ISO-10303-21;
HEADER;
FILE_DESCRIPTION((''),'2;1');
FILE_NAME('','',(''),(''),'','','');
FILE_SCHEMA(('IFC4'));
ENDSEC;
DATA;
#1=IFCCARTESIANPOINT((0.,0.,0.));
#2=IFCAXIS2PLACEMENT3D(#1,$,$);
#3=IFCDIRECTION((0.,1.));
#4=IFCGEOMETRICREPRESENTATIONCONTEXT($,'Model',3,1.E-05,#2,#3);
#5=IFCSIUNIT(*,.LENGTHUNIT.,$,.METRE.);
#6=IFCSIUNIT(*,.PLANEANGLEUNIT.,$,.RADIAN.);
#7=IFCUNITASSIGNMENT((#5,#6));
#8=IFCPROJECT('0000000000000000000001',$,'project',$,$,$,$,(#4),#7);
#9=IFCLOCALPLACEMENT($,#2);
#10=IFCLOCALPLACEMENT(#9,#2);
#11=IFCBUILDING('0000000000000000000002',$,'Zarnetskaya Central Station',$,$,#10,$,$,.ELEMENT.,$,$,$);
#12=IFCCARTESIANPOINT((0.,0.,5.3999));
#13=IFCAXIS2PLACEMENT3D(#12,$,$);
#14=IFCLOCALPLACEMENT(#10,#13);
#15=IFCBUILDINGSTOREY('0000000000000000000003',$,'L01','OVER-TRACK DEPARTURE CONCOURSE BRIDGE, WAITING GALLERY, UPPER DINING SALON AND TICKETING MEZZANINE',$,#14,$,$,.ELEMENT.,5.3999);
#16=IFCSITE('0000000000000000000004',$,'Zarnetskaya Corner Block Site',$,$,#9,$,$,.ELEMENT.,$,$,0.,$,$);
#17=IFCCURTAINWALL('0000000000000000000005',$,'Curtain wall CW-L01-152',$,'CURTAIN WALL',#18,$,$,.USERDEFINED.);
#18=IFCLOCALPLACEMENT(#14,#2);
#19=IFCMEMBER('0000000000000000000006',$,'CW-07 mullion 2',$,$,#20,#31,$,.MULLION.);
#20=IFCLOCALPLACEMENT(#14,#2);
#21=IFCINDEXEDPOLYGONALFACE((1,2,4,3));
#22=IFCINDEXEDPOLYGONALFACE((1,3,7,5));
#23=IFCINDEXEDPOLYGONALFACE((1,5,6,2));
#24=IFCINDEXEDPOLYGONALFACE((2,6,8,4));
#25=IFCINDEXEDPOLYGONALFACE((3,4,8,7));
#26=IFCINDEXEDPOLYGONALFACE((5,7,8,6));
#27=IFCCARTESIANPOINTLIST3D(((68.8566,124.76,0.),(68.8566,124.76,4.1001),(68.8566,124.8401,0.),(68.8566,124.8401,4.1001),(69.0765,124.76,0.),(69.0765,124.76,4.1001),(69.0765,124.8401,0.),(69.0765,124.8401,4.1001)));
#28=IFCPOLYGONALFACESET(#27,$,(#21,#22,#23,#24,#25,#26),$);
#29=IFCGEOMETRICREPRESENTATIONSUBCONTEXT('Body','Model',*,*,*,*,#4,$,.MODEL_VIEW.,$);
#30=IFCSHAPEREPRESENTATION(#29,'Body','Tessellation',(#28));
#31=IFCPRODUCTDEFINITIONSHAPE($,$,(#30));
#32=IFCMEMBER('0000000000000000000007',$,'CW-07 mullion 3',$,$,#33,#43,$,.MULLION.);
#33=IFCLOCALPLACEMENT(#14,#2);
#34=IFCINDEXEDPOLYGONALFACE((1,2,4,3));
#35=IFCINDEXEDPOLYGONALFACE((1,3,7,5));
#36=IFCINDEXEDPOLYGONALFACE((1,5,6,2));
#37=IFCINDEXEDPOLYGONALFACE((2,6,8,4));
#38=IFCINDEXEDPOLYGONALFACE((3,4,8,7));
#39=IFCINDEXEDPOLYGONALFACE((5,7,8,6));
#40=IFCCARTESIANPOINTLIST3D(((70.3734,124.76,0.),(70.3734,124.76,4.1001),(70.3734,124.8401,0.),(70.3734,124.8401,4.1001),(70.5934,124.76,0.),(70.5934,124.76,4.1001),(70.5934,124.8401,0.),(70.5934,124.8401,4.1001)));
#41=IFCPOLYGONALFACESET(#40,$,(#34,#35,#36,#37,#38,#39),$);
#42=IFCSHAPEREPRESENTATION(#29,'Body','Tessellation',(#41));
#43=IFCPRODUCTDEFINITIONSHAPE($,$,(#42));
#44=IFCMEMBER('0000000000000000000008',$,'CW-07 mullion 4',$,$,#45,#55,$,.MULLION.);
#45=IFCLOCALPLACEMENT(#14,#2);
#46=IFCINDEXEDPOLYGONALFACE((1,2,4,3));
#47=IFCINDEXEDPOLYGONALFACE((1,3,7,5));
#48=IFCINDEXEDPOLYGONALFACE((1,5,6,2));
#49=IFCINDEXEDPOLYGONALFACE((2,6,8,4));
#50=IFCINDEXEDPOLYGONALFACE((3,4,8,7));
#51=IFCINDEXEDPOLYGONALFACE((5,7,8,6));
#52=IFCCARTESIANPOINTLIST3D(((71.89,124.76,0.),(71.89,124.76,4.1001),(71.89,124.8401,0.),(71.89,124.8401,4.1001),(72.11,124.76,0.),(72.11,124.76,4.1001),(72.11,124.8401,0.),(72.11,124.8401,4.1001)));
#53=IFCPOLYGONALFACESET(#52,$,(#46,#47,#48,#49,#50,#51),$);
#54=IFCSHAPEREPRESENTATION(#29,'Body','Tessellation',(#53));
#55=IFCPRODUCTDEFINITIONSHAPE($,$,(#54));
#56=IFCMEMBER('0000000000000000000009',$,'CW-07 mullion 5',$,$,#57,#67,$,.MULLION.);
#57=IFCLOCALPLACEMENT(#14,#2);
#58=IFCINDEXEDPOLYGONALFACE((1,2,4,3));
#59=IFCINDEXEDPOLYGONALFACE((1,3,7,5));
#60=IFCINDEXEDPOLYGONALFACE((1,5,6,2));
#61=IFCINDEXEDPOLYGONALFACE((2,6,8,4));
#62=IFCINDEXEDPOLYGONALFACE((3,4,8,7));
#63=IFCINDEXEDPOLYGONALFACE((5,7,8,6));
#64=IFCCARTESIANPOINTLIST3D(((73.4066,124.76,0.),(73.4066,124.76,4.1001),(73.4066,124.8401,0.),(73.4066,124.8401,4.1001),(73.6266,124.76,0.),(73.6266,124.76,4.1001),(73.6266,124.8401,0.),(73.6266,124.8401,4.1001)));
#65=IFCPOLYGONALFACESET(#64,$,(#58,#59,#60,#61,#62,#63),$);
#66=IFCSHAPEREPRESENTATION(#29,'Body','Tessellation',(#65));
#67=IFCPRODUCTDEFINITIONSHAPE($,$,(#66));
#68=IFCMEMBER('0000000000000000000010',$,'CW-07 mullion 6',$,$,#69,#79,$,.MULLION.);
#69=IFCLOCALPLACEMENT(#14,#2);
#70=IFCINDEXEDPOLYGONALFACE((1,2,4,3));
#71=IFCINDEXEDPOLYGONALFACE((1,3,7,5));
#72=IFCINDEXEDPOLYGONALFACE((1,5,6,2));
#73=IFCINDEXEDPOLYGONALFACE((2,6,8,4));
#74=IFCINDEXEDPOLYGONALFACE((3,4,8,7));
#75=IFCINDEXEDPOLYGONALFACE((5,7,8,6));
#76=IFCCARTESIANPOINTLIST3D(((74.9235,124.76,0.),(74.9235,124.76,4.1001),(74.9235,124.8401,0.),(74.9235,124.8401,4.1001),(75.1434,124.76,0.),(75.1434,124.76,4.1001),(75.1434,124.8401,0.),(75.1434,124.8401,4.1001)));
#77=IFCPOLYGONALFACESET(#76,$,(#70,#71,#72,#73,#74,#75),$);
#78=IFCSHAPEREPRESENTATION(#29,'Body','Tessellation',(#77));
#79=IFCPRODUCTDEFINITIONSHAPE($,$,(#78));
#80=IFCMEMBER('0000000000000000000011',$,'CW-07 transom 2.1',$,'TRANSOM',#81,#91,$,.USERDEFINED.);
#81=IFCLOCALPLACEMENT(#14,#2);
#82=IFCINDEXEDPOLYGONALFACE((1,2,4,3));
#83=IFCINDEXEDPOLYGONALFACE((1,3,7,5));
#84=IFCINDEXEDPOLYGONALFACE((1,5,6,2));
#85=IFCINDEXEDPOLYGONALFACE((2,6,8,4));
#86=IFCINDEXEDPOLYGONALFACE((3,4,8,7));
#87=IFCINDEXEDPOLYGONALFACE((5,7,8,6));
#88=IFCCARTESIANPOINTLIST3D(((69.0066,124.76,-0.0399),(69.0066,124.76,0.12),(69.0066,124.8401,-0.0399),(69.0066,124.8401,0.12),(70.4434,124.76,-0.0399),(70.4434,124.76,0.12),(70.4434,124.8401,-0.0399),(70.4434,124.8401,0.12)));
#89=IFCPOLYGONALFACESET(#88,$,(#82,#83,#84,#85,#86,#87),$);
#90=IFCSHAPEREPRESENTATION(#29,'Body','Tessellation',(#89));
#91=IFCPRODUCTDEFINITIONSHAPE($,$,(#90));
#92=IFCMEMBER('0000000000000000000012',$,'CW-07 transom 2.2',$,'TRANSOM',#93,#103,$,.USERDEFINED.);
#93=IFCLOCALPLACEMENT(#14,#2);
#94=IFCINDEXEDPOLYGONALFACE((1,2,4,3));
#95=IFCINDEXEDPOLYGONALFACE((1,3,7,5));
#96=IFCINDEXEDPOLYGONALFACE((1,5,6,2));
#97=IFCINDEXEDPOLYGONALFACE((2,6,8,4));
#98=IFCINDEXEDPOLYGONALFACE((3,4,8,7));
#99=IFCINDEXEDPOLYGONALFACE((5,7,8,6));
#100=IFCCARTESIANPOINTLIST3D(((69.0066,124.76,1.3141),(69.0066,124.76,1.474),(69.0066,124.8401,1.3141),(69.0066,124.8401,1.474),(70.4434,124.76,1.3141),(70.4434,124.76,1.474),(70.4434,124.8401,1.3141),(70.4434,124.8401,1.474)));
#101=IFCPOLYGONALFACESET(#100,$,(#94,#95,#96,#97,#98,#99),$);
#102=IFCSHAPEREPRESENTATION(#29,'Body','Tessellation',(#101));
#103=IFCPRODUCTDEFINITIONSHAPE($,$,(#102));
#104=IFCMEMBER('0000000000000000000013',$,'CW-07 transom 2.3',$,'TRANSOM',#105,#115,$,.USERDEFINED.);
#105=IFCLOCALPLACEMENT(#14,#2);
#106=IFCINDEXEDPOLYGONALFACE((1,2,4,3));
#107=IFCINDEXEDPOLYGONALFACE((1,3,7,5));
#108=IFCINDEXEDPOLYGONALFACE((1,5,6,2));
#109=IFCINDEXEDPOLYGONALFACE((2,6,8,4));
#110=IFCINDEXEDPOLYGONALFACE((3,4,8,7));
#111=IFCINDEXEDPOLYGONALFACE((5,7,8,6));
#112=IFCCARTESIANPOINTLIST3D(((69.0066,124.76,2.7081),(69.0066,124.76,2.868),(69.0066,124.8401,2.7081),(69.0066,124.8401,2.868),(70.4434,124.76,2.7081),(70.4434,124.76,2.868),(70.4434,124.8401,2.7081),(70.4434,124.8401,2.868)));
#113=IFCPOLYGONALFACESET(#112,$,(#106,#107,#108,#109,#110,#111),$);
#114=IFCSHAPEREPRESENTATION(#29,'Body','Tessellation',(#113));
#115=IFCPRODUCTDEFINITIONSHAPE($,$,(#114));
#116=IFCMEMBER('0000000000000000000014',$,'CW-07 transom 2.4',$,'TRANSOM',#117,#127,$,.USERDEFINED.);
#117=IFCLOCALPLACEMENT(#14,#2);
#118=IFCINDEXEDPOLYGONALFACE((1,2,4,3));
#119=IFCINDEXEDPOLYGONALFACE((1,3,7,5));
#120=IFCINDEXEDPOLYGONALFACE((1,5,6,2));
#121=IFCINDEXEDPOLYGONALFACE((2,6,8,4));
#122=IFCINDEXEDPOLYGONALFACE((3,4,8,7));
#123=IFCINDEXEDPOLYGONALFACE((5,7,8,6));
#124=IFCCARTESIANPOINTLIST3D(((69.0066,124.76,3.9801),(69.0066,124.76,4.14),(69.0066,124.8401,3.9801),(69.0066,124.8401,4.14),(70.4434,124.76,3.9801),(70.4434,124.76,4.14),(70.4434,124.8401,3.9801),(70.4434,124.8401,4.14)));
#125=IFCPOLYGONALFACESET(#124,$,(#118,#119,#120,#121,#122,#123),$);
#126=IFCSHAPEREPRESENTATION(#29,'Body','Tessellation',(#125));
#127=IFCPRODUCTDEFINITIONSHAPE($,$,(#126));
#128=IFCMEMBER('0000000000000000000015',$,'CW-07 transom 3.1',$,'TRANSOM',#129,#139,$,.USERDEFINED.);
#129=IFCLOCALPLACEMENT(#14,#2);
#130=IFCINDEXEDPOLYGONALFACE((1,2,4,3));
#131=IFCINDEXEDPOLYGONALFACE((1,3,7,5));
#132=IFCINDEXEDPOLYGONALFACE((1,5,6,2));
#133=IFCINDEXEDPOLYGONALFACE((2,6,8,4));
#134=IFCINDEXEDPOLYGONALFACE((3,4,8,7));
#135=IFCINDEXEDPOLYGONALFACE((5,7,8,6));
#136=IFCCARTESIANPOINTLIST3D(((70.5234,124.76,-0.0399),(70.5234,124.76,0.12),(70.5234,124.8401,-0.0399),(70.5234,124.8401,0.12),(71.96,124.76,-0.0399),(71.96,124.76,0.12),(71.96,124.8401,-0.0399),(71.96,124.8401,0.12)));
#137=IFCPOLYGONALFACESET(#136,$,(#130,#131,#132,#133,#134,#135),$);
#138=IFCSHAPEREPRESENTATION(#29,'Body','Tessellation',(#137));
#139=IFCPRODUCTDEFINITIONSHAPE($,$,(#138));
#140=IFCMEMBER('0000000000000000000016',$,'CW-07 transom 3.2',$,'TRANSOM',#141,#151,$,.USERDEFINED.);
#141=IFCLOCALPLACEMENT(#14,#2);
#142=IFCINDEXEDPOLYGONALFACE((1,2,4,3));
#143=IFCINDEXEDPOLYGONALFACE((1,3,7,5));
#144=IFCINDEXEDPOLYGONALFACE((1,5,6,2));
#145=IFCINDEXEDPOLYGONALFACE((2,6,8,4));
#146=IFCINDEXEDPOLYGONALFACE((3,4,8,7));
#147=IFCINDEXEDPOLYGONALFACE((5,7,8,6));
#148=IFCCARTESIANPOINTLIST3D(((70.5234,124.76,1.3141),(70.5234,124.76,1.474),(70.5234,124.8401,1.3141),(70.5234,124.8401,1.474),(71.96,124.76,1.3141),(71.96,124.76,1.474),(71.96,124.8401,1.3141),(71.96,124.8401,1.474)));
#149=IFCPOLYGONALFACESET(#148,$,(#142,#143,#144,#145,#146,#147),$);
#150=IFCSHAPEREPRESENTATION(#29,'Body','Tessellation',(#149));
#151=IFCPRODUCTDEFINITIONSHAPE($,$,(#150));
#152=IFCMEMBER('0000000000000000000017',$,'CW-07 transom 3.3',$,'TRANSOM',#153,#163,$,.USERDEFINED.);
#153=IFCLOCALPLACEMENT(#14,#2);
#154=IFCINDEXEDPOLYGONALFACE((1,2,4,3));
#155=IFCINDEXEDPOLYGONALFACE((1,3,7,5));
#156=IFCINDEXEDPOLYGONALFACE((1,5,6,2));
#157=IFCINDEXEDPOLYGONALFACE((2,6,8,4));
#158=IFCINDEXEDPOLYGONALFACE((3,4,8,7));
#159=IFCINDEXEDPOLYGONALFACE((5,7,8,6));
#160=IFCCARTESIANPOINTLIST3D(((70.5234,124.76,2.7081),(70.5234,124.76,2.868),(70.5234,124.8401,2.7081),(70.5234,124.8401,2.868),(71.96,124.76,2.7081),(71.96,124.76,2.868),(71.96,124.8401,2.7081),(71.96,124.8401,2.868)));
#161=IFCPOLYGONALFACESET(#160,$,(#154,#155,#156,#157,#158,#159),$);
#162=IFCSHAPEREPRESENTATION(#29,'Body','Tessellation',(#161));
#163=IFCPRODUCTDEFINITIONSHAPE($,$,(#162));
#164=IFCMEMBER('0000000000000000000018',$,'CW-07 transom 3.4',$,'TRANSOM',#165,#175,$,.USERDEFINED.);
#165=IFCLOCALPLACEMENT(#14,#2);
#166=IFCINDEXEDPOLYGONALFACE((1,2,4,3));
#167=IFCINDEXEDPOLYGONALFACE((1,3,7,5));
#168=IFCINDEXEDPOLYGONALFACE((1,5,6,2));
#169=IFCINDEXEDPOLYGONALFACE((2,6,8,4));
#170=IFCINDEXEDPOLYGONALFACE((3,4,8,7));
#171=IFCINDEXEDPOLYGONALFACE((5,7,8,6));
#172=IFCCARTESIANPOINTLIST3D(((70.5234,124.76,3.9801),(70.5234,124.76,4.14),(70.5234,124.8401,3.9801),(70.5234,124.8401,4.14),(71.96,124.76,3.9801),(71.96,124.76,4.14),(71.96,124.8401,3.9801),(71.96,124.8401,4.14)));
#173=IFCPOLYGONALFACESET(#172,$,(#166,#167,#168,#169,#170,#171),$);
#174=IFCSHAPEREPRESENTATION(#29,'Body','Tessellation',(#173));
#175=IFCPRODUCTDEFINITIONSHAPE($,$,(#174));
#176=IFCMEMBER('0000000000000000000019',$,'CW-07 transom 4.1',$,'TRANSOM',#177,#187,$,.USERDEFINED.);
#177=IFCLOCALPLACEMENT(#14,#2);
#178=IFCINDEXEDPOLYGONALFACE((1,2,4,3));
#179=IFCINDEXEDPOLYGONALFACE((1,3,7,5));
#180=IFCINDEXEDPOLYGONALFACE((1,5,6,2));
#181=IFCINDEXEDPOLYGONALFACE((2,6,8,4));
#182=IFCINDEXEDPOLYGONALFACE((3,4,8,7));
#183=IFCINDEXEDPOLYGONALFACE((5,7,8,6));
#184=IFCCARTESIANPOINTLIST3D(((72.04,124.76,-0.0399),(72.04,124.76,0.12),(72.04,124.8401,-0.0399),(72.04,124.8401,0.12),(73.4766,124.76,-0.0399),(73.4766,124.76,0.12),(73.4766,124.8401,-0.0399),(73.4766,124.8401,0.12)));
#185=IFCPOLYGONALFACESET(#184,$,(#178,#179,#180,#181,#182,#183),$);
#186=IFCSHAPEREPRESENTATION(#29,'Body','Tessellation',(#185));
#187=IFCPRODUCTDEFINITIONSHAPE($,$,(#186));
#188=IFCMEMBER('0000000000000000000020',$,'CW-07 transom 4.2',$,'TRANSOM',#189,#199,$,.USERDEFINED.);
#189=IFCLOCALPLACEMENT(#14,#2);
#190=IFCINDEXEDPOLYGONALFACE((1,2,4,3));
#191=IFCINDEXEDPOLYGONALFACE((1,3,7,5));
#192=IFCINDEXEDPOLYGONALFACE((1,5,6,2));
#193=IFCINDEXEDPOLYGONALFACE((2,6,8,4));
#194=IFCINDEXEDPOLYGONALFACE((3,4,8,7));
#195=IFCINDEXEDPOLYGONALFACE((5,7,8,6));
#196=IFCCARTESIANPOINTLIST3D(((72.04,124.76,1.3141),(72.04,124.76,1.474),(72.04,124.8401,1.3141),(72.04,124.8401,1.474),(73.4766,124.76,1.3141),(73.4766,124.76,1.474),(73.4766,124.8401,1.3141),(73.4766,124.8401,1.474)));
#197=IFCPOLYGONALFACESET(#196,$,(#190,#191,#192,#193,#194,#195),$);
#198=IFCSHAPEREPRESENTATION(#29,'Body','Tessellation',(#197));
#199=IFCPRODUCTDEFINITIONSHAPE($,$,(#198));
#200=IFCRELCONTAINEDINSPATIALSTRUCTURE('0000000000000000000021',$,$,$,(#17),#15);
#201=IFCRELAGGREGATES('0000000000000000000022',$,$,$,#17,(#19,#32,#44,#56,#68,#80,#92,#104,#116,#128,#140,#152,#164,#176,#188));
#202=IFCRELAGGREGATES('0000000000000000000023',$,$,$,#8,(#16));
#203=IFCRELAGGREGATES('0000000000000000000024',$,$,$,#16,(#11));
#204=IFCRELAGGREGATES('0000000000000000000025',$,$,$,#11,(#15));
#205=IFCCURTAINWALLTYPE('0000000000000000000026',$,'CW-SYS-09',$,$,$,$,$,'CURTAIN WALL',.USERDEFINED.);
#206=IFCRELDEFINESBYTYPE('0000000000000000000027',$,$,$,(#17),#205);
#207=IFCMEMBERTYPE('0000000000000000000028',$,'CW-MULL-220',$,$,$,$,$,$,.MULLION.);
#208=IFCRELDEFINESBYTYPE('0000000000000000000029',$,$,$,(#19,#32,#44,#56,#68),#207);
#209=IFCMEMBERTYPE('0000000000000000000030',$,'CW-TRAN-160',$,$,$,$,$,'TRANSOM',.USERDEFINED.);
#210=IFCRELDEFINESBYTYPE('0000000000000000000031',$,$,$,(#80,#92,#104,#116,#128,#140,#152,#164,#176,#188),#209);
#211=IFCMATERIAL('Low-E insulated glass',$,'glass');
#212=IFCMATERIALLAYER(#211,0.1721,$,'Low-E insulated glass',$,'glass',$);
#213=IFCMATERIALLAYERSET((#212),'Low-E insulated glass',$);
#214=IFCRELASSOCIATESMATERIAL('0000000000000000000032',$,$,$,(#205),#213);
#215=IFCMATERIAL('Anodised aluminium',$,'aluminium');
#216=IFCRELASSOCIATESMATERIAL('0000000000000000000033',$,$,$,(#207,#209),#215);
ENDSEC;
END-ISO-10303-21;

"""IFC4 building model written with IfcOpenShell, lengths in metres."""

from ifc_helpers import new_model, si_unit, direction, frame, origin, origin_2d, place, context, subcontext, project, spatial, rectangle, extrude, material, layer, layer_set, material_profile, profile_set, type_object, element, aggregate, save


model = new_model("IFC4")

# Units and contexts
model_context = context("Model", 3, precision=1e-05, world=origin(), true_north=direction((0.0, 1.0)))
body_context = subcontext(model_context, "Body", "Model", "MODEL_VIEW")
ifc_project = project(units=[si_unit("LENGTHUNIT", "METRE"), si_unit("PLANEANGLEUNIT", "RADIAN")], contexts=[model_context])

# Site, building, storey
site_placement = place(None, origin())
site = spatial("IfcSite", under=ifc_project, at=site_placement, Name="Zarnetskaya Corner Block Site", CompositionType="ELEMENT", RefElevation=0.0)
building_placement = place(site_placement, origin())
building = spatial("IfcBuilding", under=site, at=building_placement, Name="Zarnetskaya Central Station", CompositionType="ELEMENT")
storey_placement = place(building_placement, frame((0.0, 0.0, 5.3999)))
storey = spatial("IfcBuildingStorey", under=building, at=storey_placement, Name="L01", Description="OVER-TRACK DEPARTURE CONCOURSE BRIDGE, WAITING GALLERY, UPPER DINING SALON AND TICKETING MEZZANINE", CompositionType="ELEMENT", Elevation=5.3999)

# Curtain wall, members
ifc_material_1 = material(Name="Low-E insulated glass", Category="glass")
ifc_layer_1 = layer(ifc_material_1, 0.1721, Name="Low-E insulated glass", Category="glass")
ifc_layer_set_1 = layer_set([ifc_layer_1], Name="Low-E insulated glass")
curtain_wall_type = type_object("IfcCurtainWallType", Name="CW-SYS-09", ElementType="CURTAIN WALL", PredefinedType="USERDEFINED", material=ifc_layer_set_1)
curtain_wall_placement = place(storey_placement, origin())
curtain_wall = element("IfcCurtainWall", 1, at=curtain_wall_placement, inside=storey, type_object=curtain_wall_type, Name="Curtain wall CW-L01-152", ObjectType="CURTAIN WALL", PredefinedType="USERDEFINED")
ifc_material_2 = material(Name="Anodised aluminium", Category="aluminium")
ifc_material_profile_1 = material_profile(ifc_material_2, rectangle(XDim=0.0801, YDim=0.22, at=origin_2d()), Name="ALU MULL 80x220")
ifc_profile_set_1 = profile_set([ifc_material_profile_1], Name="Anodised aluminium")
member_type_1 = type_object("IfcMemberType", Name="CW-MULL-220", PredefinedType="MULLION", material=ifc_profile_set_1)
member_1_placement = place(storey_placement, frame((68.9666, 124.8, 0.0), z_axis=(0.0, 0.0, 1.0), x_axis=(0.0, 1.0, 0.0)))
member_1 = element("IfcMember", 2, at=member_1_placement, type_object=member_type_1, Name="CW-07 mullion 2", PredefinedType="MULLION", context=body_context, shape_type="SweptSolid", body=[
    extrude(rectangle(XDim=0.0801, YDim=0.22, at=origin_2d()), origin(), (0.0, 0.0, 1.0), 4.1001),
])
member_2_placement = place(storey_placement, frame((70.4834, 124.8, 0.0), z_axis=(0.0, 0.0, 1.0), x_axis=(0.0, 1.0, 0.0)))
member_2 = element("IfcMember", 3, at=member_2_placement, type_object=member_type_1, Name="CW-07 mullion 3", PredefinedType="MULLION", context=body_context, shape_type="SweptSolid", body=[
    extrude(rectangle(XDim=0.0801, YDim=0.22, at=origin_2d()), origin(), (0.0, 0.0, 1.0), 4.1001),
])
member_3_placement = place(storey_placement, frame((72.0, 124.8, 0.0), z_axis=(0.0, 0.0, 1.0), x_axis=(0.0, 1.0, 0.0)))
member_3 = element("IfcMember", 4, at=member_3_placement, type_object=member_type_1, Name="CW-07 mullion 4", PredefinedType="MULLION", context=body_context, shape_type="SweptSolid", body=[
    extrude(rectangle(XDim=0.0801, YDim=0.22, at=origin_2d()), origin(), (0.0, 0.0, 1.0), 4.1001),
])
member_4_placement = place(storey_placement, frame((73.5166, 124.8, 0.0), z_axis=(0.0, 0.0, 1.0), x_axis=(0.0, 1.0, 0.0)))
member_4 = element("IfcMember", 5, at=member_4_placement, type_object=member_type_1, Name="CW-07 mullion 5", PredefinedType="MULLION", context=body_context, shape_type="SweptSolid", body=[
    extrude(rectangle(XDim=0.0801, YDim=0.22, at=origin_2d()), origin(), (0.0, 0.0, 1.0), 4.1001),
])
member_5_placement = place(storey_placement, frame((75.0334, 124.8, 0.0), z_axis=(0.0, 0.0, 1.0), x_axis=(0.0, 1.0, 0.0)))
member_5 = element("IfcMember", 6, at=member_5_placement, type_object=member_type_1, Name="CW-07 mullion 6", PredefinedType="MULLION", context=body_context, shape_type="SweptSolid", body=[
    extrude(rectangle(XDim=0.0801, YDim=0.22, at=origin_2d()), origin(), (0.0, 0.0, 1.0), 4.1001),
])
ifc_material_profile_2 = material_profile(ifc_material_2, rectangle(XDim=0.0801, YDim=0.1599, at=origin_2d()), Name="ALU TRAN 80x160")
ifc_profile_set_2 = profile_set([ifc_material_profile_2], Name="Anodised aluminium")
member_type_2 = type_object("IfcMemberType", Name="CW-TRAN-160", ElementType="TRANSOM", PredefinedType="USERDEFINED", material=ifc_profile_set_2)
member_6_placement = place(storey_placement, frame((69.0066, 124.8, 0.04), z_axis=(1.0, 0.0, 0.0), x_axis=(0.0, 1.0, 0.0)))
member_6 = element("IfcMember", 7, at=member_6_placement, type_object=member_type_2, Name="CW-07 transom 2.1", ObjectType="TRANSOM", PredefinedType="USERDEFINED", context=body_context, shape_type="SweptSolid", body=[
    extrude(rectangle(XDim=0.0801, YDim=0.1599, at=origin_2d()), origin(), (0.0, 0.0, 1.0), 1.4368),
])
member_7_placement = place(storey_placement, frame((69.0066, 124.8, 1.394), z_axis=(1.0, 0.0, 0.0), x_axis=(0.0, 1.0, 0.0)))
member_7 = element("IfcMember", 8, at=member_7_placement, type_object=member_type_2, Name="CW-07 transom 2.2", ObjectType="TRANSOM", PredefinedType="USERDEFINED", context=body_context, shape_type="SweptSolid", body=[
    extrude(rectangle(XDim=0.0801, YDim=0.1599, at=origin_2d()), origin(), (0.0, 0.0, 1.0), 1.4368),
])
member_8_placement = place(storey_placement, frame((69.0066, 124.8, 2.7881), z_axis=(1.0, 0.0, 0.0), x_axis=(0.0, 1.0, 0.0)))
member_8 = element("IfcMember", 9, at=member_8_placement, type_object=member_type_2, Name="CW-07 transom 2.3", ObjectType="TRANSOM", PredefinedType="USERDEFINED", context=body_context, shape_type="SweptSolid", body=[
    extrude(rectangle(XDim=0.0801, YDim=0.1599, at=origin_2d()), origin(), (0.0, 0.0, 1.0), 1.4368),
])
member_9_placement = place(storey_placement, frame((69.0066, 124.8, 4.0601), z_axis=(1.0, 0.0, 0.0), x_axis=(0.0, 1.0, 0.0)))
member_9 = element("IfcMember", 10, at=member_9_placement, type_object=member_type_2, Name="CW-07 transom 2.4", ObjectType="TRANSOM", PredefinedType="USERDEFINED", context=body_context, shape_type="SweptSolid", body=[
    extrude(rectangle(XDim=0.0801, YDim=0.1599, at=origin_2d()), origin(), (0.0, 0.0, 1.0), 1.4368),
])
member_10_placement = place(storey_placement, frame((70.5234, 124.8, 0.04), z_axis=(1.0, 0.0, 0.0), x_axis=(0.0, 1.0, 0.0)))
member_10 = element("IfcMember", 11, at=member_10_placement, type_object=member_type_2, Name="CW-07 transom 3.1", ObjectType="TRANSOM", PredefinedType="USERDEFINED", context=body_context, shape_type="SweptSolid", body=[
    extrude(rectangle(XDim=0.0801, YDim=0.1599, at=origin_2d()), origin(), (0.0, 0.0, 1.0), 1.4365),
])
member_11_placement = place(storey_placement, frame((70.5234, 124.8, 1.394), z_axis=(1.0, 0.0, 0.0), x_axis=(0.0, 1.0, 0.0)))
member_11 = element("IfcMember", 12, at=member_11_placement, type_object=member_type_2, Name="CW-07 transom 3.2", ObjectType="TRANSOM", PredefinedType="USERDEFINED", context=body_context, shape_type="SweptSolid", body=[
    extrude(rectangle(XDim=0.0801, YDim=0.1599, at=origin_2d()), origin(), (0.0, 0.0, 1.0), 1.4365),
])
member_12_placement = place(storey_placement, frame((70.5234, 124.8, 2.7881), z_axis=(1.0, 0.0, 0.0), x_axis=(0.0, 1.0, 0.0)))
member_12 = element("IfcMember", 13, at=member_12_placement, type_object=member_type_2, Name="CW-07 transom 3.3", ObjectType="TRANSOM", PredefinedType="USERDEFINED", context=body_context, shape_type="SweptSolid", body=[
    extrude(rectangle(XDim=0.0801, YDim=0.1599, at=origin_2d()), origin(), (0.0, 0.0, 1.0), 1.4365),
])
member_13_placement = place(storey_placement, frame((70.5234, 124.8, 4.0601), z_axis=(1.0, 0.0, 0.0), x_axis=(0.0, 1.0, 0.0)))
member_13 = element("IfcMember", 14, at=member_13_placement, type_object=member_type_2, Name="CW-07 transom 3.4", ObjectType="TRANSOM", PredefinedType="USERDEFINED", context=body_context, shape_type="SweptSolid", body=[
    extrude(rectangle(XDim=0.0801, YDim=0.1599, at=origin_2d()), origin(), (0.0, 0.0, 1.0), 1.4365),
])
member_14_placement = place(storey_placement, frame((72.04, 124.8, 0.04), z_axis=(1.0, 0.0, 0.0), x_axis=(0.0, 1.0, 0.0)))
member_14 = element("IfcMember", 15, at=member_14_placement, type_object=member_type_2, Name="CW-07 transom 4.1", ObjectType="TRANSOM", PredefinedType="USERDEFINED", context=body_context, shape_type="SweptSolid", body=[
    extrude(rectangle(XDim=0.0801, YDim=0.1599, at=origin_2d()), origin(), (0.0, 0.0, 1.0), 1.4365),
])
member_15_placement = place(storey_placement, frame((72.04, 124.8, 1.394), z_axis=(1.0, 0.0, 0.0), x_axis=(0.0, 1.0, 0.0)))
member_15 = element("IfcMember", 16, at=member_15_placement, type_object=member_type_2, Name="CW-07 transom 4.2", ObjectType="TRANSOM", PredefinedType="USERDEFINED", context=body_context, shape_type="SweptSolid", body=[
    extrude(rectangle(XDim=0.0801, YDim=0.1599, at=origin_2d()), origin(), (0.0, 0.0, 1.0), 1.4365),
])
aggregate(curtain_wall, [member_1, member_2, member_3, member_4, member_5, member_6, member_7, member_8, member_9, member_10, member_11, member_12, member_13, member_14, member_15])

save(model, "model.ifc")
